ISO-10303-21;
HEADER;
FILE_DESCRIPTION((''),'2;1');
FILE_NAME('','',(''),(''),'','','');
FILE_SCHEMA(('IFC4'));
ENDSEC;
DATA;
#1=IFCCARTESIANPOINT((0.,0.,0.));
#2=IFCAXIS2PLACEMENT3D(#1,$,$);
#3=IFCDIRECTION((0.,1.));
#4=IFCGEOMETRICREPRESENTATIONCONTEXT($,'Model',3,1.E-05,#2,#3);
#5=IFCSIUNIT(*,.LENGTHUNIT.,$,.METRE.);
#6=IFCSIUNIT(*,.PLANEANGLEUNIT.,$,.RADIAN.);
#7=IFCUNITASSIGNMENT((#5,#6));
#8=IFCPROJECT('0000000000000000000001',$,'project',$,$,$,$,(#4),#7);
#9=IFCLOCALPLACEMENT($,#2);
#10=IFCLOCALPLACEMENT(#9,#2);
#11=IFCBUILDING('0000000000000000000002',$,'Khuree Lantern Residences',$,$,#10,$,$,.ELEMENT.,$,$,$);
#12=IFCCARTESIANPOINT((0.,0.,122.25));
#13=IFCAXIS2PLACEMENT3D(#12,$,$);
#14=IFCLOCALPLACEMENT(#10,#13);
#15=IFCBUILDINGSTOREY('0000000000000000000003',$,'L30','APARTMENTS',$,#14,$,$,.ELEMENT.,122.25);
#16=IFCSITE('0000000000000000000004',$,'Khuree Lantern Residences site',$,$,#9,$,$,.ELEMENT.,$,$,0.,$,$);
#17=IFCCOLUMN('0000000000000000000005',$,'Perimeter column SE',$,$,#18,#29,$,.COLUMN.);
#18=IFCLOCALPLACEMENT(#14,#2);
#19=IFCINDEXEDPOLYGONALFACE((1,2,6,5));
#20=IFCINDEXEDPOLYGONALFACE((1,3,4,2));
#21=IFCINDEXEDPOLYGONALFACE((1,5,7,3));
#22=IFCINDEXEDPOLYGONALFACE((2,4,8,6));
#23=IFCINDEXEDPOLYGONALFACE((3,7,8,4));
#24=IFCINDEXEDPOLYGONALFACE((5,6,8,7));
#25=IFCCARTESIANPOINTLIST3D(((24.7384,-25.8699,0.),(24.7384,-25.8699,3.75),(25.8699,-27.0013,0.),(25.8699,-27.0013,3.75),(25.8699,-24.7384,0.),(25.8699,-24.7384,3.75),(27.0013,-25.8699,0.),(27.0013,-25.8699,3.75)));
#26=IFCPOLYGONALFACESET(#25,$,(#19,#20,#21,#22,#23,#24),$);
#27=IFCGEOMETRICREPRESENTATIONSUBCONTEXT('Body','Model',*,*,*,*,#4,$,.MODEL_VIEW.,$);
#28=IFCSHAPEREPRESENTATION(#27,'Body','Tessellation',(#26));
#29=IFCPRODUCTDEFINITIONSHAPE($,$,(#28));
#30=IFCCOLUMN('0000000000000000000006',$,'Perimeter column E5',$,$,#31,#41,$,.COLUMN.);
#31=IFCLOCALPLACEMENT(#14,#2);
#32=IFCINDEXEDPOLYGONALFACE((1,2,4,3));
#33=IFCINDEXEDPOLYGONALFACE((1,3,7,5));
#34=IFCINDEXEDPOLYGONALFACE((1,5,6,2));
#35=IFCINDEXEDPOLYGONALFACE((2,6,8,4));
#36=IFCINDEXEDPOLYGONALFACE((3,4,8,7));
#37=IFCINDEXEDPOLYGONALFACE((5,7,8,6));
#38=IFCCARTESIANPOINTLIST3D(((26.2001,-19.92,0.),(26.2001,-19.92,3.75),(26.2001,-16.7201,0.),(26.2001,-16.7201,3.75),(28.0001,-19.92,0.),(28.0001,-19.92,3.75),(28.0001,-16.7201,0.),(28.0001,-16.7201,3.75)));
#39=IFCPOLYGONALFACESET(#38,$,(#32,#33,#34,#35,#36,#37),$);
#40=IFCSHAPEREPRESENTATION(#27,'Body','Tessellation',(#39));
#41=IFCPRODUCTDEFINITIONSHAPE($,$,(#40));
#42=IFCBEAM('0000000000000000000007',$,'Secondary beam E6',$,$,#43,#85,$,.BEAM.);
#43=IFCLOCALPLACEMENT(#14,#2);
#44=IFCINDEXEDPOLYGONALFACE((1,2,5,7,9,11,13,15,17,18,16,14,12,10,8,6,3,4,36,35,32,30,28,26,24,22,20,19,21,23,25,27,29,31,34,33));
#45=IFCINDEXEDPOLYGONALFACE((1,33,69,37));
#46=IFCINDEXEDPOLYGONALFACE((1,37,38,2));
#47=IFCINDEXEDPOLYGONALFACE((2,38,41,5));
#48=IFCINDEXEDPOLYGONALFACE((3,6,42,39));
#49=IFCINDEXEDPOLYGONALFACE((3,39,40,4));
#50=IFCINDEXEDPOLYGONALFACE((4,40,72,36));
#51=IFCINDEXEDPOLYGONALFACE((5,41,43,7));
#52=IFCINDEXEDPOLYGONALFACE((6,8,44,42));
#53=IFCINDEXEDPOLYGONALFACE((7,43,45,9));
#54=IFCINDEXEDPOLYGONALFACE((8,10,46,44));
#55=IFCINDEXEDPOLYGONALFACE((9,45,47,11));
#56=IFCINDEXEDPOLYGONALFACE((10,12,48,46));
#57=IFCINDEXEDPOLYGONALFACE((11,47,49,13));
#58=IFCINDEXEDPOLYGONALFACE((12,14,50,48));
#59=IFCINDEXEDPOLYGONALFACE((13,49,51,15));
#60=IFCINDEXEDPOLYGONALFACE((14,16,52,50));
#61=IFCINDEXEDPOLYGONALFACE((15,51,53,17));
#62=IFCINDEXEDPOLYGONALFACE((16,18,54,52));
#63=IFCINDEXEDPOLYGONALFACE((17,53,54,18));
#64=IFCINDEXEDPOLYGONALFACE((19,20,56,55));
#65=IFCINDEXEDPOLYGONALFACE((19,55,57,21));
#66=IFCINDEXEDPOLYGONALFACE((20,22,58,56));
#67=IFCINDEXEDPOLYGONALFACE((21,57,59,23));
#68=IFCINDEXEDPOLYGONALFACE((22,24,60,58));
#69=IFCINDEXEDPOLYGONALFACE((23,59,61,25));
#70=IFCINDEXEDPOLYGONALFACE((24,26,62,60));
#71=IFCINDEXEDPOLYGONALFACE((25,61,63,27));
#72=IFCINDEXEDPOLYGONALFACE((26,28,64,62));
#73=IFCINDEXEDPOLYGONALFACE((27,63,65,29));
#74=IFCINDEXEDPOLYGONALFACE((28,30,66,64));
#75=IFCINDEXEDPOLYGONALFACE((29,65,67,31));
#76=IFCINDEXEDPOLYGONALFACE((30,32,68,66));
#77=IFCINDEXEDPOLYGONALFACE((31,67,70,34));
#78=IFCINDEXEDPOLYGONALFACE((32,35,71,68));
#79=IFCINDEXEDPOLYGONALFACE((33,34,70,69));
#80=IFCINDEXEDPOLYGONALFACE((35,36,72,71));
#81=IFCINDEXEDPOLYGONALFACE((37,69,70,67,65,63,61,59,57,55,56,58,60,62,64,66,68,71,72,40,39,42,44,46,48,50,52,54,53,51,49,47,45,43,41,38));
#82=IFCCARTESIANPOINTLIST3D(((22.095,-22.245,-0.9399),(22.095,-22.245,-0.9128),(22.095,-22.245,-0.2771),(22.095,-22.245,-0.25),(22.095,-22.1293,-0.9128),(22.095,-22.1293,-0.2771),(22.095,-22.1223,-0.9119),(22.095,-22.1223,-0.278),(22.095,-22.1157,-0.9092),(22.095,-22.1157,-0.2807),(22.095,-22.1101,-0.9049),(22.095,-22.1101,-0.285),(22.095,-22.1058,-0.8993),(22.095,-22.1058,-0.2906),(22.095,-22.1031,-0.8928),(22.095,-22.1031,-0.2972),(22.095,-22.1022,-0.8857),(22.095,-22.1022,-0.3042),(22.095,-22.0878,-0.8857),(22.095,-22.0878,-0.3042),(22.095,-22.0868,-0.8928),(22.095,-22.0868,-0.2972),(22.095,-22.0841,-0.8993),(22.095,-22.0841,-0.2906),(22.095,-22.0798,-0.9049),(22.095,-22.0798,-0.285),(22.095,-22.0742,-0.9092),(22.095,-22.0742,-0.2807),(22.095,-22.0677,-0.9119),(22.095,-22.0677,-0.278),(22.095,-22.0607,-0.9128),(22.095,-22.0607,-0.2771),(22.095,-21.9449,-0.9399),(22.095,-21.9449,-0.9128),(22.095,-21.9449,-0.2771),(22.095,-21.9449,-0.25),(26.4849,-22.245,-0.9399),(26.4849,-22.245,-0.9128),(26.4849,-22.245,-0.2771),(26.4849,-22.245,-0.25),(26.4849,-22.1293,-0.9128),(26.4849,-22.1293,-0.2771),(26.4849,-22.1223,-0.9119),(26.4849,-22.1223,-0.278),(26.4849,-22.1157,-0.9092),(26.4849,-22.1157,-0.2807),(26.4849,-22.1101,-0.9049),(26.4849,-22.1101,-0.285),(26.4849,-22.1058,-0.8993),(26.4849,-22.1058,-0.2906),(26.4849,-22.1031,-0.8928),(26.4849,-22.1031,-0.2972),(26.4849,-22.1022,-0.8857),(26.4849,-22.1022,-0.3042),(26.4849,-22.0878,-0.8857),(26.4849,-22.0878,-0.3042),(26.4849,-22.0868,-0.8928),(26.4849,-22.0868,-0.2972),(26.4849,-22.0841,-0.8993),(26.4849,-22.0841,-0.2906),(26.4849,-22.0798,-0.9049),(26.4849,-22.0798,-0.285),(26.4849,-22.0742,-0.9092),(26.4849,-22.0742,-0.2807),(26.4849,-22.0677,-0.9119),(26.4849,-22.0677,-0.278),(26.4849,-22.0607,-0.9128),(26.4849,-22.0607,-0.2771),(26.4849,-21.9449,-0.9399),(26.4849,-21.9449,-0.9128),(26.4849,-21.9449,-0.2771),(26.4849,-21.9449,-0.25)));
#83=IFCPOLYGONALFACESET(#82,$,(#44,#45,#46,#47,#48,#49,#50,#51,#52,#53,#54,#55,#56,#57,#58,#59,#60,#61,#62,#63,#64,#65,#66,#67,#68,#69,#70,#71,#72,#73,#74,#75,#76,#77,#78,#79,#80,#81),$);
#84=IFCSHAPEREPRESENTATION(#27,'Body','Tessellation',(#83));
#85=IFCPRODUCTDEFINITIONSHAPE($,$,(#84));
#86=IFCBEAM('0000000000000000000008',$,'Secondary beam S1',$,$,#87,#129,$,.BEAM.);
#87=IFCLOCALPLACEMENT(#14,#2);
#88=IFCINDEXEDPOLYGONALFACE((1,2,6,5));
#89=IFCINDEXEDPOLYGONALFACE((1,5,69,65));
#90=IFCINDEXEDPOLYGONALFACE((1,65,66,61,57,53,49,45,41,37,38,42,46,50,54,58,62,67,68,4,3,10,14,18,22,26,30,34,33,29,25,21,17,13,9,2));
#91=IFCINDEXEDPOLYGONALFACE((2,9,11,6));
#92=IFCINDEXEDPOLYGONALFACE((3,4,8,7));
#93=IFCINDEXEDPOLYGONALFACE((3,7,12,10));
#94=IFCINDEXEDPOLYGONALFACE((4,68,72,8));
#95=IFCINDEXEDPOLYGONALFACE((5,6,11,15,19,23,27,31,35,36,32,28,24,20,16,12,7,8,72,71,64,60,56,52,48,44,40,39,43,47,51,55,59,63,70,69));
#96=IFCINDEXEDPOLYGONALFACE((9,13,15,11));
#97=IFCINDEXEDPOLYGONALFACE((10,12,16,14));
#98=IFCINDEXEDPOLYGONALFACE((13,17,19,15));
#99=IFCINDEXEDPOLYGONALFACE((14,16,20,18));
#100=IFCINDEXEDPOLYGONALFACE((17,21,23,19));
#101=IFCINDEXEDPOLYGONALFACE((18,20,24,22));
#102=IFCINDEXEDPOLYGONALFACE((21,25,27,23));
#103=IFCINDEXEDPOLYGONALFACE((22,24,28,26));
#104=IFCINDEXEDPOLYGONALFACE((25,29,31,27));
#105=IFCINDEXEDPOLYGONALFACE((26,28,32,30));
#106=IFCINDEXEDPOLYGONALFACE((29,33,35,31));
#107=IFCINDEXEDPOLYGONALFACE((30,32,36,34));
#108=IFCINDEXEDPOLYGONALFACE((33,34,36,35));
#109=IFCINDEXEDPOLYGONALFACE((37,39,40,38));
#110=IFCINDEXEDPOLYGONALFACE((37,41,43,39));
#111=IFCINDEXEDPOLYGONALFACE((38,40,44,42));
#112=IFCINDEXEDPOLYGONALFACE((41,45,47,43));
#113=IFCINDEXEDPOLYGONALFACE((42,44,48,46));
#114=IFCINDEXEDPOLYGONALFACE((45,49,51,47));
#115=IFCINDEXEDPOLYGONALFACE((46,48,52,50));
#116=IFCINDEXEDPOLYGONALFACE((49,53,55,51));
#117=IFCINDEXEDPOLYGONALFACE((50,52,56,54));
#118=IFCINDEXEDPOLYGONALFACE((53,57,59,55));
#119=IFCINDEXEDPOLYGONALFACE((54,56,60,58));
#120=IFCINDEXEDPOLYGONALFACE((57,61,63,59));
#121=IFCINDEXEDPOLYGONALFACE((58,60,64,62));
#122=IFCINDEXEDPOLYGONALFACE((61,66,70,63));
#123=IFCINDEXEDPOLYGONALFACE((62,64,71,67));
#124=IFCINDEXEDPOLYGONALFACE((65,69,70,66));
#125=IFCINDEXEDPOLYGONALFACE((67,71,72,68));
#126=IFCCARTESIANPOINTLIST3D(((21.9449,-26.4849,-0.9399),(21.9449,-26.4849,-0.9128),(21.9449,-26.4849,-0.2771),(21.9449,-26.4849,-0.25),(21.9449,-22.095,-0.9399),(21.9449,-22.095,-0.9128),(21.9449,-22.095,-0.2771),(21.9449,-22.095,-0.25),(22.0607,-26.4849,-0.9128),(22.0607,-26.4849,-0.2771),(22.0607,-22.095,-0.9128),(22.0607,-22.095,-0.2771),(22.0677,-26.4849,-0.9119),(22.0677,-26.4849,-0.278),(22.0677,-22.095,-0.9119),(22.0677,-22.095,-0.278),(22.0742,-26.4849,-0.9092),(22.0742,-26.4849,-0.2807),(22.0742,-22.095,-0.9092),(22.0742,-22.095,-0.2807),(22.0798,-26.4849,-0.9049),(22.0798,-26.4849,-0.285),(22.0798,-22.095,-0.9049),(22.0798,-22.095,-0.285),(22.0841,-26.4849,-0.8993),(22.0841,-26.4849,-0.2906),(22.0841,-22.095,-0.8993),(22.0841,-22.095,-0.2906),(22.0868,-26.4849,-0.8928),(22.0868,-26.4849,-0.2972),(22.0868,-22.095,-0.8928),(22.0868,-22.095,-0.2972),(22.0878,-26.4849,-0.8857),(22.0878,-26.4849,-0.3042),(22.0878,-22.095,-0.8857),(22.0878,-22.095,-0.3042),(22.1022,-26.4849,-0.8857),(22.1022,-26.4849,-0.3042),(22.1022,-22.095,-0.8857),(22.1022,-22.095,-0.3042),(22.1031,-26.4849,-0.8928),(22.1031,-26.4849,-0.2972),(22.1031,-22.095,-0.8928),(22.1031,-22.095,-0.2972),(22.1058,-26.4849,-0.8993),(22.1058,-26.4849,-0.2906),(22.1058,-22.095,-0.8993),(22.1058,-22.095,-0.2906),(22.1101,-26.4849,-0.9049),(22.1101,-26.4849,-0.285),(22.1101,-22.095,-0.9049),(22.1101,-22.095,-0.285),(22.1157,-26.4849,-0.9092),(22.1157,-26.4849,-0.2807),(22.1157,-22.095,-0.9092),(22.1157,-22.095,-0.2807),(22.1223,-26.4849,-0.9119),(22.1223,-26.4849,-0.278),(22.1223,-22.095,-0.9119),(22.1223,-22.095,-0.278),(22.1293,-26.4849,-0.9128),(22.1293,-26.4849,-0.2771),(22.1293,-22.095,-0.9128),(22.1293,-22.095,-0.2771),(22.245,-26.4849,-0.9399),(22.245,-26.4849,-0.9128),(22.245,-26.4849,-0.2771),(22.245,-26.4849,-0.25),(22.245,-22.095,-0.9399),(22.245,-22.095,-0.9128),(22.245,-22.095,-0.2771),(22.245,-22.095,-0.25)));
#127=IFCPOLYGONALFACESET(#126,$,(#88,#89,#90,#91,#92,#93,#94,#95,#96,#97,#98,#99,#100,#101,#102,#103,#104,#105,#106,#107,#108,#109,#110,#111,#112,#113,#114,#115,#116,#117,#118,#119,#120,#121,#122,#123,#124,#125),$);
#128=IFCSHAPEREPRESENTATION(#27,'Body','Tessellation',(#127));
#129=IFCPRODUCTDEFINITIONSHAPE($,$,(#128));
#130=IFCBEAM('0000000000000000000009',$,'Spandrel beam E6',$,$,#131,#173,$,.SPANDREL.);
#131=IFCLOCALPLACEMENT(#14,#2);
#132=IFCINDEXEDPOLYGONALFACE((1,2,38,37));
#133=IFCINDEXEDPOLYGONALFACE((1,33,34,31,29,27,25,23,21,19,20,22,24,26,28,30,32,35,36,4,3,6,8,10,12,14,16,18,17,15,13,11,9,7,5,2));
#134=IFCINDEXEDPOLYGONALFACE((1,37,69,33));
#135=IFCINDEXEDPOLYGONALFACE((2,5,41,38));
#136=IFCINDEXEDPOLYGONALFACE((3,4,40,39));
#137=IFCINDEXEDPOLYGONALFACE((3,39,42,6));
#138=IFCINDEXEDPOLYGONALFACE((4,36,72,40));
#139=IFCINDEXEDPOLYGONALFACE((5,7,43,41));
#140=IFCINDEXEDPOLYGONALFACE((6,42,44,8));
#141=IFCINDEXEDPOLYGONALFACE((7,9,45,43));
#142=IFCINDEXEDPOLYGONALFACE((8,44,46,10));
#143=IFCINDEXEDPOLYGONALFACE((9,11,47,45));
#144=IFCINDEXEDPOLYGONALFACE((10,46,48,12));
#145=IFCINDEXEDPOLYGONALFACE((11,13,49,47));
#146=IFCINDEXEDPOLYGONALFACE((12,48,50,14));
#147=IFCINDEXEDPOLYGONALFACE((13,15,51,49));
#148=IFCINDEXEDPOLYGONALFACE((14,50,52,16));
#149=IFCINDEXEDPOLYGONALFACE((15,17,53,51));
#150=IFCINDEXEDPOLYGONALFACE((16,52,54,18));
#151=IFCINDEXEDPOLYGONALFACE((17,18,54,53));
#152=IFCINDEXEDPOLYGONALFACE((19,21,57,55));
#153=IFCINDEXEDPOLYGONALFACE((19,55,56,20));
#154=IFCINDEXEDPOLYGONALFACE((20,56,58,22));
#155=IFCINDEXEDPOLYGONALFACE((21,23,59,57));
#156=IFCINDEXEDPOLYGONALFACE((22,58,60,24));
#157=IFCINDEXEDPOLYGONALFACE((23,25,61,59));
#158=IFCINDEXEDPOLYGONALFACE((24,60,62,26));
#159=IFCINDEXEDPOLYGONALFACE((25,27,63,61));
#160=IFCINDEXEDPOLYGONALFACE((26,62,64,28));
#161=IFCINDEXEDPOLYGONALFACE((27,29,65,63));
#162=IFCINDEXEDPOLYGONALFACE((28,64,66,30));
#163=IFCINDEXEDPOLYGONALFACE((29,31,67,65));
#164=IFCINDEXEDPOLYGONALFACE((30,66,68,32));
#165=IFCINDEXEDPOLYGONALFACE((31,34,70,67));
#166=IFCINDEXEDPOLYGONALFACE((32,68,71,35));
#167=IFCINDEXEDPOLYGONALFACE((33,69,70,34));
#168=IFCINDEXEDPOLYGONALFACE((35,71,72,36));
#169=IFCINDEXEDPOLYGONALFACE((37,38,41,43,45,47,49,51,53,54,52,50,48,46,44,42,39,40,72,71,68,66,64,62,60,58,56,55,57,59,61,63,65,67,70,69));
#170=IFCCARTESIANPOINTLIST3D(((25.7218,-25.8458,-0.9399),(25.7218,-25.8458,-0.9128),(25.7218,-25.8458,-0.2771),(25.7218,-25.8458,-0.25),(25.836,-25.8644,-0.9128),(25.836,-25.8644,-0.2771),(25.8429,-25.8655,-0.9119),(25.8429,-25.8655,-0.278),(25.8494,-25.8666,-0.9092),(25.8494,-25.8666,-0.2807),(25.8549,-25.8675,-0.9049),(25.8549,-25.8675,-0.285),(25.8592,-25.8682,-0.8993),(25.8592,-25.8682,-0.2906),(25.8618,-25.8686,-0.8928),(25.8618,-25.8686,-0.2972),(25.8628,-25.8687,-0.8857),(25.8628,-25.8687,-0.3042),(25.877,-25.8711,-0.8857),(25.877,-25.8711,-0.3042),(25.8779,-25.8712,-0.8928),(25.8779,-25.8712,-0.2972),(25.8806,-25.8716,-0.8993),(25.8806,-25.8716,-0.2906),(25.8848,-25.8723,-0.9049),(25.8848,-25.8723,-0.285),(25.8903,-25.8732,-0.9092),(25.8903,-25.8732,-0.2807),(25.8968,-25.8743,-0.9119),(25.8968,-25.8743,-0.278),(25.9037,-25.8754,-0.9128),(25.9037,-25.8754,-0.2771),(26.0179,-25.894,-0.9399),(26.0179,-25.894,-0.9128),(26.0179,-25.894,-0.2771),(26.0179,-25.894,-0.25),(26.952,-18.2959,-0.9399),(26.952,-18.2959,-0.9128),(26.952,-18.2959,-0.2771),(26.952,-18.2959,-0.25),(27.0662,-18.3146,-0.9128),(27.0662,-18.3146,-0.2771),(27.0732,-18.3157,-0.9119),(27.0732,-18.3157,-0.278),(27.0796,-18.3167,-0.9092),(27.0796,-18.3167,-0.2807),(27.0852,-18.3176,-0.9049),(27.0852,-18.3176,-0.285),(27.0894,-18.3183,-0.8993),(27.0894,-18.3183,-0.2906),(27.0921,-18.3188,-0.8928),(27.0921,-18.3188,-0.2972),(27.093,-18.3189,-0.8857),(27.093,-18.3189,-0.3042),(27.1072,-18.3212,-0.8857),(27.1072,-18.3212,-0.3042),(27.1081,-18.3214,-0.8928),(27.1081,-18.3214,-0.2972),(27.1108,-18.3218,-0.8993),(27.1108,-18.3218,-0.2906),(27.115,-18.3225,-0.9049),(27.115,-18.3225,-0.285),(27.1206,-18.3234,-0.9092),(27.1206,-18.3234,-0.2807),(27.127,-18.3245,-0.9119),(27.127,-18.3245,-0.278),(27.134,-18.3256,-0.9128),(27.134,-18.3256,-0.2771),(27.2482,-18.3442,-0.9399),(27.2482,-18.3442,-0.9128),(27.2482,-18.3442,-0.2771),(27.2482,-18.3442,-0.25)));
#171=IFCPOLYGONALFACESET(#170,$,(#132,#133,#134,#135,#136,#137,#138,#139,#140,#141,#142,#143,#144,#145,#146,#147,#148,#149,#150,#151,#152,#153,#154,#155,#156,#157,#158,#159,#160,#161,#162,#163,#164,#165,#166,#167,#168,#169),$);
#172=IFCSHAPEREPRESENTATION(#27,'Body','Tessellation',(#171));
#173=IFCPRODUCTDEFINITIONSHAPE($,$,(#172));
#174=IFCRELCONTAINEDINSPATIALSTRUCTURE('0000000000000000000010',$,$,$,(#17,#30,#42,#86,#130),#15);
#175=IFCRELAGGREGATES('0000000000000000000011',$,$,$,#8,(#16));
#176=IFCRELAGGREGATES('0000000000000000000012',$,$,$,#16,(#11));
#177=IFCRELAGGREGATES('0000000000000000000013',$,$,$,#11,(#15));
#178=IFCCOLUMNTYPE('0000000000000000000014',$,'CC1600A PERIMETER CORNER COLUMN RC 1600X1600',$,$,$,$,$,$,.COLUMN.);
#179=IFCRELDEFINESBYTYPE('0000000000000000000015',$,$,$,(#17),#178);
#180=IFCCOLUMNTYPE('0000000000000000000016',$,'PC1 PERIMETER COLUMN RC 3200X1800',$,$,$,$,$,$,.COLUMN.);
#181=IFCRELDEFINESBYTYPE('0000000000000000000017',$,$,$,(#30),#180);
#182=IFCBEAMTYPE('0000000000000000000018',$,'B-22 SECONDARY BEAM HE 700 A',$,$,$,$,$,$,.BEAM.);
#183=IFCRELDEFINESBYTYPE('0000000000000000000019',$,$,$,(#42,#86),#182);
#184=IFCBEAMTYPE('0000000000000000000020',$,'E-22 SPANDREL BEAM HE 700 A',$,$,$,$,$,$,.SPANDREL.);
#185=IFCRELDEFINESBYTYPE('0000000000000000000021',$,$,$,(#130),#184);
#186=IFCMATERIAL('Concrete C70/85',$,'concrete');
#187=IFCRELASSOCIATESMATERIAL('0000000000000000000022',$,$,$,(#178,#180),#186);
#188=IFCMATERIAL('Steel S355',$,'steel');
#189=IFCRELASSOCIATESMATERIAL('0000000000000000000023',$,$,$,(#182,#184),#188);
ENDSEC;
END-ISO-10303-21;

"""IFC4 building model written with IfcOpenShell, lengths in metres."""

from ifc_helpers import new_model, si_unit, direction, frame, origin, origin_2d, place, context, subcontext, project, spatial, rectangle, i_section, extrude, material, material_profile, profile_set, type_object, element, save


model = new_model("IFC4")

# Units and contexts
model_context = context("Model", 3, precision=1e-05, world=origin(), true_north=direction((0.0, 1.0)))
body_context = subcontext(model_context, "Body", "Model", "MODEL_VIEW")
ifc_project = project(units=[si_unit("LENGTHUNIT", "METRE"), si_unit("PLANEANGLEUNIT", "RADIAN")], contexts=[model_context])

# Site, building, storey
site_placement = place(None, origin())
site = spatial("IfcSite", under=ifc_project, at=site_placement, Name="Khuree Lantern Residences site", CompositionType="ELEMENT", RefElevation=0.0)
building_placement = place(site_placement, origin())
building = spatial("IfcBuilding", under=site, at=building_placement, Name="Khuree Lantern Residences", CompositionType="ELEMENT")
storey_placement = place(building_placement, frame((0.0, 0.0, 122.25)))
storey = spatial("IfcBuildingStorey", under=building, at=storey_placement, Name="L30", Description="APARTMENTS", CompositionType="ELEMENT", Elevation=122.25)

# Columns
ifc_material_1 = material(Name="Concrete C70/85", Category="concrete")
ifc_material_profile_1 = material_profile(ifc_material_1, rectangle(XDim=1.6001, YDim=1.6001, at=origin_2d()), Name="RC 1600X1600")
ifc_profile_set_1 = profile_set([ifc_material_profile_1], Name="Concrete C70/85")
column_type_1 = type_object("IfcColumnType", Name="CC1600A PERIMETER CORNER COLUMN RC 1600X1600", PredefinedType="COLUMN", material=ifc_profile_set_1)
column_1_placement = place(storey_placement, frame((25.8699, -25.8699, 0.0), z_axis=(0.0, 0.0, 1.0), x_axis=(0.707107, 0.707107, 0.0)))
element("IfcColumn", 1, at=column_1_placement, inside=storey, type_object=column_type_1, Name="Perimeter column SE", PredefinedType="COLUMN", context=body_context, shape_type="SweptSolid", body=[
    extrude(rectangle(XDim=1.6001, YDim=1.6001, at=origin_2d()), origin(), (0.0, 0.0, 1.0), 3.75),
])
ifc_material_profile_2 = material_profile(ifc_material_1, rectangle(XDim=3.2, YDim=1.8, at=origin_2d()), Name="RC 3200X1800")
ifc_profile_set_2 = profile_set([ifc_material_profile_2], Name="Concrete C70/85")
column_type_2 = type_object("IfcColumnType", Name="PC1 PERIMETER COLUMN RC 3200X1800", PredefinedType="COLUMN", material=ifc_profile_set_2)
column_2_placement = place(storey_placement, frame((27.1001, -18.3201, 0.0), z_axis=(0.0, 0.0, 1.0), x_axis=(0.0, 1.0, 0.0)))
element("IfcColumn", 2, at=column_2_placement, inside=storey, type_object=column_type_2, Name="Perimeter column E5", PredefinedType="COLUMN", context=body_context, shape_type="SweptSolid", body=[
    extrude(rectangle(XDim=3.2, YDim=1.8, at=origin_2d()), origin(), (0.0, 0.0, 1.0), 3.75),
])

# Beams
ifc_material_2 = material(Name="Steel S355", Category="steel")
ifc_material_profile_3 = material_profile(ifc_material_2, i_section(OverallWidth=0.3, OverallDepth=0.6899, WebThickness=0.0144, FlangeThickness=0.0271, FilletRadius=0.0271, at=origin_2d()), Name="HE 700 A")
ifc_profile_set_3 = profile_set([ifc_material_profile_3], Name="Steel S355")
beam_type_1 = type_object("IfcBeamType", Name="B-22 SECONDARY BEAM HE 700 A", PredefinedType="BEAM", material=ifc_profile_set_3)
for number, where, z_axis, x_axis, name in (
    (3, (26.4849, -22.095, -0.595), (-1.0, 0.0, 0.0), (0.0, -1.0, 0.0), "Secondary beam E6"),
    (4, (22.095, -26.4849, -0.595), (0.0, 1.0, 0.0), (-1.0, 0.0, 0.0), "Secondary beam S1"),
):
    element("IfcBeam", number, at=place(storey_placement, frame(where, z_axis=z_axis, x_axis=x_axis)), inside=storey, type_object=beam_type_1, Name=name, PredefinedType="BEAM", context=body_context, shape_type="SweptSolid", body=[
        extrude(i_section(OverallWidth=0.3, OverallDepth=0.6899, WebThickness=0.0144, FlangeThickness=0.0271, FilletRadius=0.0271, at=origin_2d()), origin(), (0.0, 0.0, 1.0), 4.3899),
    ])
ifc_material_profile_4 = material_profile(ifc_material_2, i_section(OverallWidth=0.3, OverallDepth=0.6899, WebThickness=0.0144, FlangeThickness=0.0271, FilletRadius=0.0271, at=origin_2d()), Name="HE 700 A")
ifc_profile_set_4 = profile_set([ifc_material_profile_4], Name="Steel S355")
beam_type_2 = type_object("IfcBeamType", Name="E-22 SPANDREL BEAM HE 700 A", PredefinedType="SPANDREL", material=ifc_profile_set_4)
for number, where, z_axis, x_axis, name in (
    (5, (27.1001, -18.3201, -0.595), (-0.160827, -0.986983, 0.0), (0.986983, -0.160827, 0.0), "Spandrel beam E6"),
):
    element("IfcBeam", number, at=place(storey_placement, frame(where, z_axis=z_axis, x_axis=x_axis)), inside=storey, type_object=beam_type_2, Name=name, PredefinedType="SPANDREL", context=body_context, shape_type="SweptSolid", body=[
        extrude(i_section(OverallWidth=0.3, OverallDepth=0.6899, WebThickness=0.0144, FlangeThickness=0.0271, FilletRadius=0.0271, at=origin_2d()), origin(), (0.0, 0.0, 1.0), 7.6494),
    ])

save(model, "model.ifc")
